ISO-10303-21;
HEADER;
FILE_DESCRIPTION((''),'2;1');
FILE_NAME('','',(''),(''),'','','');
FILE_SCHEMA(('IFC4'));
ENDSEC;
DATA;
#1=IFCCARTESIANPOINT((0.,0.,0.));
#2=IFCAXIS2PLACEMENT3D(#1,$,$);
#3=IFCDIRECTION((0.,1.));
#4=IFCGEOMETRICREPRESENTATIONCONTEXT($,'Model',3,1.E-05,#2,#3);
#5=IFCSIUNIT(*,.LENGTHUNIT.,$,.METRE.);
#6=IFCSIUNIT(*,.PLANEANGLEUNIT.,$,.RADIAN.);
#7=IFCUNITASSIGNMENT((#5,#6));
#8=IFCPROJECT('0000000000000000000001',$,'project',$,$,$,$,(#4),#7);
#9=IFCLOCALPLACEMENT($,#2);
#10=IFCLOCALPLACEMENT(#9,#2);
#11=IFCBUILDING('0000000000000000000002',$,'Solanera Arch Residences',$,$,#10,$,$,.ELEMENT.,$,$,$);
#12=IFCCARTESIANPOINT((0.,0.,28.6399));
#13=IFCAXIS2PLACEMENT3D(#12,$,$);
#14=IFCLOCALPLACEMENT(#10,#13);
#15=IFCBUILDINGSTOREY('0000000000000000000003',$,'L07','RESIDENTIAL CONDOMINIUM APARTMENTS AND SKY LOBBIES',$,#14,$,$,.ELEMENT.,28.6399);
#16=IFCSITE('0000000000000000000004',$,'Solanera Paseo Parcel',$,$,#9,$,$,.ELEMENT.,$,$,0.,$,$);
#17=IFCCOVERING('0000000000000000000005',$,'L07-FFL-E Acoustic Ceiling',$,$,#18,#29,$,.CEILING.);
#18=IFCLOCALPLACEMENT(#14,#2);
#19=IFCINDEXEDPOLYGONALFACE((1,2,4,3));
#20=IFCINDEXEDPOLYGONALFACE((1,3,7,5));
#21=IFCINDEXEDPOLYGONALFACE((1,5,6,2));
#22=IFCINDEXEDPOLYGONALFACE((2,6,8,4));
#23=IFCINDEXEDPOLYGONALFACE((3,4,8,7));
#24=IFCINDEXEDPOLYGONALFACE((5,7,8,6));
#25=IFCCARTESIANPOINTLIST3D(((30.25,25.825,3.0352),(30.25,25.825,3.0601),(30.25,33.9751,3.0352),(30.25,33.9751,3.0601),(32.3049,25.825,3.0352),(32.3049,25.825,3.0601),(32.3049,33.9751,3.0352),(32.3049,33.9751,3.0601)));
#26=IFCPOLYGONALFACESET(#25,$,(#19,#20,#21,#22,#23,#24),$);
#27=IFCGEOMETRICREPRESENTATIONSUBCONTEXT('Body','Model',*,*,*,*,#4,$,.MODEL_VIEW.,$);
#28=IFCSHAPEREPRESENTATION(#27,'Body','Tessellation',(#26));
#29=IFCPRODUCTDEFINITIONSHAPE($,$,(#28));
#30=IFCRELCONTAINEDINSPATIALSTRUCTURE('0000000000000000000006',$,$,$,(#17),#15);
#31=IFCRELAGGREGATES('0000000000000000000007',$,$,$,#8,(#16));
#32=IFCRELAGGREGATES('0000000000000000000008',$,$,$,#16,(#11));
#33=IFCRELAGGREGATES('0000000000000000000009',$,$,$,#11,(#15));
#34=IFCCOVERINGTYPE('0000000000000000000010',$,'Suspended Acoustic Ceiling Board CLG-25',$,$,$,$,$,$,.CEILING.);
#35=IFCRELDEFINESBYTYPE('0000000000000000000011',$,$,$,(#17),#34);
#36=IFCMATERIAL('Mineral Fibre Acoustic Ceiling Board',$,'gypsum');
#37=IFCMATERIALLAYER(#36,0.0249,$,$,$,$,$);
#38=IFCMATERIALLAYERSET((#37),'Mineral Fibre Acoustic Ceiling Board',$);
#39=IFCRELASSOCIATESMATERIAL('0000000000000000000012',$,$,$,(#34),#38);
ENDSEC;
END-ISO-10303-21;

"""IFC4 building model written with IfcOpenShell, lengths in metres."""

from ifc_helpers import new_model, si_unit, direction, frame, origin, place, context, subcontext, project, spatial, polyline, outline, extrude, material, layer, layer_set, type_object, element, save


model = new_model("IFC4")

# Units and contexts
model_context = context("Model", 3, precision=1e-05, world=origin(), true_north=direction((0.0, 1.0)))
body_context = subcontext(model_context, "Body", "Model", "MODEL_VIEW")
ifc_project = project(units=[si_unit("LENGTHUNIT", "METRE"), si_unit("PLANEANGLEUNIT", "RADIAN")], contexts=[model_context])

# Site, building, storey
site_placement = place(None, origin())
site = spatial("IfcSite", under=ifc_project, at=site_placement, Name="Solanera Paseo Parcel", CompositionType="ELEMENT", RefElevation=0.0)
building_placement = place(site_placement, origin())
building = spatial("IfcBuilding", under=site, at=building_placement, Name="Solanera Arch Residences", CompositionType="ELEMENT")
storey_placement = place(building_placement, frame((0.0, 0.0, 28.6399)))
storey = spatial("IfcBuildingStorey", under=building, at=storey_placement, Name="L07", Description="RESIDENTIAL CONDOMINIUM APARTMENTS AND SKY LOBBIES", CompositionType="ELEMENT", Elevation=28.6399)

# Covering
ifc_material_1 = material(Name="Mineral Fibre Acoustic Ceiling Board", Category="gypsum")
ifc_layer_1 = layer(ifc_material_1, 0.0249)
ifc_layer_set_1 = layer_set([ifc_layer_1], Name="Mineral Fibre Acoustic Ceiling Board")
covering_type_1 = type_object("IfcCoveringType", Name="Suspended Acoustic Ceiling Board CLG-25", PredefinedType="CEILING", material=ifc_layer_set_1)
covering_1_placement = place(storey_placement, frame((0.0, 0.0, 3.0352)))
element("IfcCovering", 1, at=covering_1_placement, inside=storey, type_object=covering_type_1, Name="L07-FFL-E Acoustic Ceiling", PredefinedType="CEILING", context=body_context, shape_type="SweptSolid", body=[
    extrude(outline(polyline([(32.3049, 25.825), (30.25, 25.825), (30.25, 33.9751), (32.3049, 33.9751), (32.3049, 25.825)])), origin(), (0.0, 0.0, 1.0), 0.0249),
])

save(model, "model.ifc")
